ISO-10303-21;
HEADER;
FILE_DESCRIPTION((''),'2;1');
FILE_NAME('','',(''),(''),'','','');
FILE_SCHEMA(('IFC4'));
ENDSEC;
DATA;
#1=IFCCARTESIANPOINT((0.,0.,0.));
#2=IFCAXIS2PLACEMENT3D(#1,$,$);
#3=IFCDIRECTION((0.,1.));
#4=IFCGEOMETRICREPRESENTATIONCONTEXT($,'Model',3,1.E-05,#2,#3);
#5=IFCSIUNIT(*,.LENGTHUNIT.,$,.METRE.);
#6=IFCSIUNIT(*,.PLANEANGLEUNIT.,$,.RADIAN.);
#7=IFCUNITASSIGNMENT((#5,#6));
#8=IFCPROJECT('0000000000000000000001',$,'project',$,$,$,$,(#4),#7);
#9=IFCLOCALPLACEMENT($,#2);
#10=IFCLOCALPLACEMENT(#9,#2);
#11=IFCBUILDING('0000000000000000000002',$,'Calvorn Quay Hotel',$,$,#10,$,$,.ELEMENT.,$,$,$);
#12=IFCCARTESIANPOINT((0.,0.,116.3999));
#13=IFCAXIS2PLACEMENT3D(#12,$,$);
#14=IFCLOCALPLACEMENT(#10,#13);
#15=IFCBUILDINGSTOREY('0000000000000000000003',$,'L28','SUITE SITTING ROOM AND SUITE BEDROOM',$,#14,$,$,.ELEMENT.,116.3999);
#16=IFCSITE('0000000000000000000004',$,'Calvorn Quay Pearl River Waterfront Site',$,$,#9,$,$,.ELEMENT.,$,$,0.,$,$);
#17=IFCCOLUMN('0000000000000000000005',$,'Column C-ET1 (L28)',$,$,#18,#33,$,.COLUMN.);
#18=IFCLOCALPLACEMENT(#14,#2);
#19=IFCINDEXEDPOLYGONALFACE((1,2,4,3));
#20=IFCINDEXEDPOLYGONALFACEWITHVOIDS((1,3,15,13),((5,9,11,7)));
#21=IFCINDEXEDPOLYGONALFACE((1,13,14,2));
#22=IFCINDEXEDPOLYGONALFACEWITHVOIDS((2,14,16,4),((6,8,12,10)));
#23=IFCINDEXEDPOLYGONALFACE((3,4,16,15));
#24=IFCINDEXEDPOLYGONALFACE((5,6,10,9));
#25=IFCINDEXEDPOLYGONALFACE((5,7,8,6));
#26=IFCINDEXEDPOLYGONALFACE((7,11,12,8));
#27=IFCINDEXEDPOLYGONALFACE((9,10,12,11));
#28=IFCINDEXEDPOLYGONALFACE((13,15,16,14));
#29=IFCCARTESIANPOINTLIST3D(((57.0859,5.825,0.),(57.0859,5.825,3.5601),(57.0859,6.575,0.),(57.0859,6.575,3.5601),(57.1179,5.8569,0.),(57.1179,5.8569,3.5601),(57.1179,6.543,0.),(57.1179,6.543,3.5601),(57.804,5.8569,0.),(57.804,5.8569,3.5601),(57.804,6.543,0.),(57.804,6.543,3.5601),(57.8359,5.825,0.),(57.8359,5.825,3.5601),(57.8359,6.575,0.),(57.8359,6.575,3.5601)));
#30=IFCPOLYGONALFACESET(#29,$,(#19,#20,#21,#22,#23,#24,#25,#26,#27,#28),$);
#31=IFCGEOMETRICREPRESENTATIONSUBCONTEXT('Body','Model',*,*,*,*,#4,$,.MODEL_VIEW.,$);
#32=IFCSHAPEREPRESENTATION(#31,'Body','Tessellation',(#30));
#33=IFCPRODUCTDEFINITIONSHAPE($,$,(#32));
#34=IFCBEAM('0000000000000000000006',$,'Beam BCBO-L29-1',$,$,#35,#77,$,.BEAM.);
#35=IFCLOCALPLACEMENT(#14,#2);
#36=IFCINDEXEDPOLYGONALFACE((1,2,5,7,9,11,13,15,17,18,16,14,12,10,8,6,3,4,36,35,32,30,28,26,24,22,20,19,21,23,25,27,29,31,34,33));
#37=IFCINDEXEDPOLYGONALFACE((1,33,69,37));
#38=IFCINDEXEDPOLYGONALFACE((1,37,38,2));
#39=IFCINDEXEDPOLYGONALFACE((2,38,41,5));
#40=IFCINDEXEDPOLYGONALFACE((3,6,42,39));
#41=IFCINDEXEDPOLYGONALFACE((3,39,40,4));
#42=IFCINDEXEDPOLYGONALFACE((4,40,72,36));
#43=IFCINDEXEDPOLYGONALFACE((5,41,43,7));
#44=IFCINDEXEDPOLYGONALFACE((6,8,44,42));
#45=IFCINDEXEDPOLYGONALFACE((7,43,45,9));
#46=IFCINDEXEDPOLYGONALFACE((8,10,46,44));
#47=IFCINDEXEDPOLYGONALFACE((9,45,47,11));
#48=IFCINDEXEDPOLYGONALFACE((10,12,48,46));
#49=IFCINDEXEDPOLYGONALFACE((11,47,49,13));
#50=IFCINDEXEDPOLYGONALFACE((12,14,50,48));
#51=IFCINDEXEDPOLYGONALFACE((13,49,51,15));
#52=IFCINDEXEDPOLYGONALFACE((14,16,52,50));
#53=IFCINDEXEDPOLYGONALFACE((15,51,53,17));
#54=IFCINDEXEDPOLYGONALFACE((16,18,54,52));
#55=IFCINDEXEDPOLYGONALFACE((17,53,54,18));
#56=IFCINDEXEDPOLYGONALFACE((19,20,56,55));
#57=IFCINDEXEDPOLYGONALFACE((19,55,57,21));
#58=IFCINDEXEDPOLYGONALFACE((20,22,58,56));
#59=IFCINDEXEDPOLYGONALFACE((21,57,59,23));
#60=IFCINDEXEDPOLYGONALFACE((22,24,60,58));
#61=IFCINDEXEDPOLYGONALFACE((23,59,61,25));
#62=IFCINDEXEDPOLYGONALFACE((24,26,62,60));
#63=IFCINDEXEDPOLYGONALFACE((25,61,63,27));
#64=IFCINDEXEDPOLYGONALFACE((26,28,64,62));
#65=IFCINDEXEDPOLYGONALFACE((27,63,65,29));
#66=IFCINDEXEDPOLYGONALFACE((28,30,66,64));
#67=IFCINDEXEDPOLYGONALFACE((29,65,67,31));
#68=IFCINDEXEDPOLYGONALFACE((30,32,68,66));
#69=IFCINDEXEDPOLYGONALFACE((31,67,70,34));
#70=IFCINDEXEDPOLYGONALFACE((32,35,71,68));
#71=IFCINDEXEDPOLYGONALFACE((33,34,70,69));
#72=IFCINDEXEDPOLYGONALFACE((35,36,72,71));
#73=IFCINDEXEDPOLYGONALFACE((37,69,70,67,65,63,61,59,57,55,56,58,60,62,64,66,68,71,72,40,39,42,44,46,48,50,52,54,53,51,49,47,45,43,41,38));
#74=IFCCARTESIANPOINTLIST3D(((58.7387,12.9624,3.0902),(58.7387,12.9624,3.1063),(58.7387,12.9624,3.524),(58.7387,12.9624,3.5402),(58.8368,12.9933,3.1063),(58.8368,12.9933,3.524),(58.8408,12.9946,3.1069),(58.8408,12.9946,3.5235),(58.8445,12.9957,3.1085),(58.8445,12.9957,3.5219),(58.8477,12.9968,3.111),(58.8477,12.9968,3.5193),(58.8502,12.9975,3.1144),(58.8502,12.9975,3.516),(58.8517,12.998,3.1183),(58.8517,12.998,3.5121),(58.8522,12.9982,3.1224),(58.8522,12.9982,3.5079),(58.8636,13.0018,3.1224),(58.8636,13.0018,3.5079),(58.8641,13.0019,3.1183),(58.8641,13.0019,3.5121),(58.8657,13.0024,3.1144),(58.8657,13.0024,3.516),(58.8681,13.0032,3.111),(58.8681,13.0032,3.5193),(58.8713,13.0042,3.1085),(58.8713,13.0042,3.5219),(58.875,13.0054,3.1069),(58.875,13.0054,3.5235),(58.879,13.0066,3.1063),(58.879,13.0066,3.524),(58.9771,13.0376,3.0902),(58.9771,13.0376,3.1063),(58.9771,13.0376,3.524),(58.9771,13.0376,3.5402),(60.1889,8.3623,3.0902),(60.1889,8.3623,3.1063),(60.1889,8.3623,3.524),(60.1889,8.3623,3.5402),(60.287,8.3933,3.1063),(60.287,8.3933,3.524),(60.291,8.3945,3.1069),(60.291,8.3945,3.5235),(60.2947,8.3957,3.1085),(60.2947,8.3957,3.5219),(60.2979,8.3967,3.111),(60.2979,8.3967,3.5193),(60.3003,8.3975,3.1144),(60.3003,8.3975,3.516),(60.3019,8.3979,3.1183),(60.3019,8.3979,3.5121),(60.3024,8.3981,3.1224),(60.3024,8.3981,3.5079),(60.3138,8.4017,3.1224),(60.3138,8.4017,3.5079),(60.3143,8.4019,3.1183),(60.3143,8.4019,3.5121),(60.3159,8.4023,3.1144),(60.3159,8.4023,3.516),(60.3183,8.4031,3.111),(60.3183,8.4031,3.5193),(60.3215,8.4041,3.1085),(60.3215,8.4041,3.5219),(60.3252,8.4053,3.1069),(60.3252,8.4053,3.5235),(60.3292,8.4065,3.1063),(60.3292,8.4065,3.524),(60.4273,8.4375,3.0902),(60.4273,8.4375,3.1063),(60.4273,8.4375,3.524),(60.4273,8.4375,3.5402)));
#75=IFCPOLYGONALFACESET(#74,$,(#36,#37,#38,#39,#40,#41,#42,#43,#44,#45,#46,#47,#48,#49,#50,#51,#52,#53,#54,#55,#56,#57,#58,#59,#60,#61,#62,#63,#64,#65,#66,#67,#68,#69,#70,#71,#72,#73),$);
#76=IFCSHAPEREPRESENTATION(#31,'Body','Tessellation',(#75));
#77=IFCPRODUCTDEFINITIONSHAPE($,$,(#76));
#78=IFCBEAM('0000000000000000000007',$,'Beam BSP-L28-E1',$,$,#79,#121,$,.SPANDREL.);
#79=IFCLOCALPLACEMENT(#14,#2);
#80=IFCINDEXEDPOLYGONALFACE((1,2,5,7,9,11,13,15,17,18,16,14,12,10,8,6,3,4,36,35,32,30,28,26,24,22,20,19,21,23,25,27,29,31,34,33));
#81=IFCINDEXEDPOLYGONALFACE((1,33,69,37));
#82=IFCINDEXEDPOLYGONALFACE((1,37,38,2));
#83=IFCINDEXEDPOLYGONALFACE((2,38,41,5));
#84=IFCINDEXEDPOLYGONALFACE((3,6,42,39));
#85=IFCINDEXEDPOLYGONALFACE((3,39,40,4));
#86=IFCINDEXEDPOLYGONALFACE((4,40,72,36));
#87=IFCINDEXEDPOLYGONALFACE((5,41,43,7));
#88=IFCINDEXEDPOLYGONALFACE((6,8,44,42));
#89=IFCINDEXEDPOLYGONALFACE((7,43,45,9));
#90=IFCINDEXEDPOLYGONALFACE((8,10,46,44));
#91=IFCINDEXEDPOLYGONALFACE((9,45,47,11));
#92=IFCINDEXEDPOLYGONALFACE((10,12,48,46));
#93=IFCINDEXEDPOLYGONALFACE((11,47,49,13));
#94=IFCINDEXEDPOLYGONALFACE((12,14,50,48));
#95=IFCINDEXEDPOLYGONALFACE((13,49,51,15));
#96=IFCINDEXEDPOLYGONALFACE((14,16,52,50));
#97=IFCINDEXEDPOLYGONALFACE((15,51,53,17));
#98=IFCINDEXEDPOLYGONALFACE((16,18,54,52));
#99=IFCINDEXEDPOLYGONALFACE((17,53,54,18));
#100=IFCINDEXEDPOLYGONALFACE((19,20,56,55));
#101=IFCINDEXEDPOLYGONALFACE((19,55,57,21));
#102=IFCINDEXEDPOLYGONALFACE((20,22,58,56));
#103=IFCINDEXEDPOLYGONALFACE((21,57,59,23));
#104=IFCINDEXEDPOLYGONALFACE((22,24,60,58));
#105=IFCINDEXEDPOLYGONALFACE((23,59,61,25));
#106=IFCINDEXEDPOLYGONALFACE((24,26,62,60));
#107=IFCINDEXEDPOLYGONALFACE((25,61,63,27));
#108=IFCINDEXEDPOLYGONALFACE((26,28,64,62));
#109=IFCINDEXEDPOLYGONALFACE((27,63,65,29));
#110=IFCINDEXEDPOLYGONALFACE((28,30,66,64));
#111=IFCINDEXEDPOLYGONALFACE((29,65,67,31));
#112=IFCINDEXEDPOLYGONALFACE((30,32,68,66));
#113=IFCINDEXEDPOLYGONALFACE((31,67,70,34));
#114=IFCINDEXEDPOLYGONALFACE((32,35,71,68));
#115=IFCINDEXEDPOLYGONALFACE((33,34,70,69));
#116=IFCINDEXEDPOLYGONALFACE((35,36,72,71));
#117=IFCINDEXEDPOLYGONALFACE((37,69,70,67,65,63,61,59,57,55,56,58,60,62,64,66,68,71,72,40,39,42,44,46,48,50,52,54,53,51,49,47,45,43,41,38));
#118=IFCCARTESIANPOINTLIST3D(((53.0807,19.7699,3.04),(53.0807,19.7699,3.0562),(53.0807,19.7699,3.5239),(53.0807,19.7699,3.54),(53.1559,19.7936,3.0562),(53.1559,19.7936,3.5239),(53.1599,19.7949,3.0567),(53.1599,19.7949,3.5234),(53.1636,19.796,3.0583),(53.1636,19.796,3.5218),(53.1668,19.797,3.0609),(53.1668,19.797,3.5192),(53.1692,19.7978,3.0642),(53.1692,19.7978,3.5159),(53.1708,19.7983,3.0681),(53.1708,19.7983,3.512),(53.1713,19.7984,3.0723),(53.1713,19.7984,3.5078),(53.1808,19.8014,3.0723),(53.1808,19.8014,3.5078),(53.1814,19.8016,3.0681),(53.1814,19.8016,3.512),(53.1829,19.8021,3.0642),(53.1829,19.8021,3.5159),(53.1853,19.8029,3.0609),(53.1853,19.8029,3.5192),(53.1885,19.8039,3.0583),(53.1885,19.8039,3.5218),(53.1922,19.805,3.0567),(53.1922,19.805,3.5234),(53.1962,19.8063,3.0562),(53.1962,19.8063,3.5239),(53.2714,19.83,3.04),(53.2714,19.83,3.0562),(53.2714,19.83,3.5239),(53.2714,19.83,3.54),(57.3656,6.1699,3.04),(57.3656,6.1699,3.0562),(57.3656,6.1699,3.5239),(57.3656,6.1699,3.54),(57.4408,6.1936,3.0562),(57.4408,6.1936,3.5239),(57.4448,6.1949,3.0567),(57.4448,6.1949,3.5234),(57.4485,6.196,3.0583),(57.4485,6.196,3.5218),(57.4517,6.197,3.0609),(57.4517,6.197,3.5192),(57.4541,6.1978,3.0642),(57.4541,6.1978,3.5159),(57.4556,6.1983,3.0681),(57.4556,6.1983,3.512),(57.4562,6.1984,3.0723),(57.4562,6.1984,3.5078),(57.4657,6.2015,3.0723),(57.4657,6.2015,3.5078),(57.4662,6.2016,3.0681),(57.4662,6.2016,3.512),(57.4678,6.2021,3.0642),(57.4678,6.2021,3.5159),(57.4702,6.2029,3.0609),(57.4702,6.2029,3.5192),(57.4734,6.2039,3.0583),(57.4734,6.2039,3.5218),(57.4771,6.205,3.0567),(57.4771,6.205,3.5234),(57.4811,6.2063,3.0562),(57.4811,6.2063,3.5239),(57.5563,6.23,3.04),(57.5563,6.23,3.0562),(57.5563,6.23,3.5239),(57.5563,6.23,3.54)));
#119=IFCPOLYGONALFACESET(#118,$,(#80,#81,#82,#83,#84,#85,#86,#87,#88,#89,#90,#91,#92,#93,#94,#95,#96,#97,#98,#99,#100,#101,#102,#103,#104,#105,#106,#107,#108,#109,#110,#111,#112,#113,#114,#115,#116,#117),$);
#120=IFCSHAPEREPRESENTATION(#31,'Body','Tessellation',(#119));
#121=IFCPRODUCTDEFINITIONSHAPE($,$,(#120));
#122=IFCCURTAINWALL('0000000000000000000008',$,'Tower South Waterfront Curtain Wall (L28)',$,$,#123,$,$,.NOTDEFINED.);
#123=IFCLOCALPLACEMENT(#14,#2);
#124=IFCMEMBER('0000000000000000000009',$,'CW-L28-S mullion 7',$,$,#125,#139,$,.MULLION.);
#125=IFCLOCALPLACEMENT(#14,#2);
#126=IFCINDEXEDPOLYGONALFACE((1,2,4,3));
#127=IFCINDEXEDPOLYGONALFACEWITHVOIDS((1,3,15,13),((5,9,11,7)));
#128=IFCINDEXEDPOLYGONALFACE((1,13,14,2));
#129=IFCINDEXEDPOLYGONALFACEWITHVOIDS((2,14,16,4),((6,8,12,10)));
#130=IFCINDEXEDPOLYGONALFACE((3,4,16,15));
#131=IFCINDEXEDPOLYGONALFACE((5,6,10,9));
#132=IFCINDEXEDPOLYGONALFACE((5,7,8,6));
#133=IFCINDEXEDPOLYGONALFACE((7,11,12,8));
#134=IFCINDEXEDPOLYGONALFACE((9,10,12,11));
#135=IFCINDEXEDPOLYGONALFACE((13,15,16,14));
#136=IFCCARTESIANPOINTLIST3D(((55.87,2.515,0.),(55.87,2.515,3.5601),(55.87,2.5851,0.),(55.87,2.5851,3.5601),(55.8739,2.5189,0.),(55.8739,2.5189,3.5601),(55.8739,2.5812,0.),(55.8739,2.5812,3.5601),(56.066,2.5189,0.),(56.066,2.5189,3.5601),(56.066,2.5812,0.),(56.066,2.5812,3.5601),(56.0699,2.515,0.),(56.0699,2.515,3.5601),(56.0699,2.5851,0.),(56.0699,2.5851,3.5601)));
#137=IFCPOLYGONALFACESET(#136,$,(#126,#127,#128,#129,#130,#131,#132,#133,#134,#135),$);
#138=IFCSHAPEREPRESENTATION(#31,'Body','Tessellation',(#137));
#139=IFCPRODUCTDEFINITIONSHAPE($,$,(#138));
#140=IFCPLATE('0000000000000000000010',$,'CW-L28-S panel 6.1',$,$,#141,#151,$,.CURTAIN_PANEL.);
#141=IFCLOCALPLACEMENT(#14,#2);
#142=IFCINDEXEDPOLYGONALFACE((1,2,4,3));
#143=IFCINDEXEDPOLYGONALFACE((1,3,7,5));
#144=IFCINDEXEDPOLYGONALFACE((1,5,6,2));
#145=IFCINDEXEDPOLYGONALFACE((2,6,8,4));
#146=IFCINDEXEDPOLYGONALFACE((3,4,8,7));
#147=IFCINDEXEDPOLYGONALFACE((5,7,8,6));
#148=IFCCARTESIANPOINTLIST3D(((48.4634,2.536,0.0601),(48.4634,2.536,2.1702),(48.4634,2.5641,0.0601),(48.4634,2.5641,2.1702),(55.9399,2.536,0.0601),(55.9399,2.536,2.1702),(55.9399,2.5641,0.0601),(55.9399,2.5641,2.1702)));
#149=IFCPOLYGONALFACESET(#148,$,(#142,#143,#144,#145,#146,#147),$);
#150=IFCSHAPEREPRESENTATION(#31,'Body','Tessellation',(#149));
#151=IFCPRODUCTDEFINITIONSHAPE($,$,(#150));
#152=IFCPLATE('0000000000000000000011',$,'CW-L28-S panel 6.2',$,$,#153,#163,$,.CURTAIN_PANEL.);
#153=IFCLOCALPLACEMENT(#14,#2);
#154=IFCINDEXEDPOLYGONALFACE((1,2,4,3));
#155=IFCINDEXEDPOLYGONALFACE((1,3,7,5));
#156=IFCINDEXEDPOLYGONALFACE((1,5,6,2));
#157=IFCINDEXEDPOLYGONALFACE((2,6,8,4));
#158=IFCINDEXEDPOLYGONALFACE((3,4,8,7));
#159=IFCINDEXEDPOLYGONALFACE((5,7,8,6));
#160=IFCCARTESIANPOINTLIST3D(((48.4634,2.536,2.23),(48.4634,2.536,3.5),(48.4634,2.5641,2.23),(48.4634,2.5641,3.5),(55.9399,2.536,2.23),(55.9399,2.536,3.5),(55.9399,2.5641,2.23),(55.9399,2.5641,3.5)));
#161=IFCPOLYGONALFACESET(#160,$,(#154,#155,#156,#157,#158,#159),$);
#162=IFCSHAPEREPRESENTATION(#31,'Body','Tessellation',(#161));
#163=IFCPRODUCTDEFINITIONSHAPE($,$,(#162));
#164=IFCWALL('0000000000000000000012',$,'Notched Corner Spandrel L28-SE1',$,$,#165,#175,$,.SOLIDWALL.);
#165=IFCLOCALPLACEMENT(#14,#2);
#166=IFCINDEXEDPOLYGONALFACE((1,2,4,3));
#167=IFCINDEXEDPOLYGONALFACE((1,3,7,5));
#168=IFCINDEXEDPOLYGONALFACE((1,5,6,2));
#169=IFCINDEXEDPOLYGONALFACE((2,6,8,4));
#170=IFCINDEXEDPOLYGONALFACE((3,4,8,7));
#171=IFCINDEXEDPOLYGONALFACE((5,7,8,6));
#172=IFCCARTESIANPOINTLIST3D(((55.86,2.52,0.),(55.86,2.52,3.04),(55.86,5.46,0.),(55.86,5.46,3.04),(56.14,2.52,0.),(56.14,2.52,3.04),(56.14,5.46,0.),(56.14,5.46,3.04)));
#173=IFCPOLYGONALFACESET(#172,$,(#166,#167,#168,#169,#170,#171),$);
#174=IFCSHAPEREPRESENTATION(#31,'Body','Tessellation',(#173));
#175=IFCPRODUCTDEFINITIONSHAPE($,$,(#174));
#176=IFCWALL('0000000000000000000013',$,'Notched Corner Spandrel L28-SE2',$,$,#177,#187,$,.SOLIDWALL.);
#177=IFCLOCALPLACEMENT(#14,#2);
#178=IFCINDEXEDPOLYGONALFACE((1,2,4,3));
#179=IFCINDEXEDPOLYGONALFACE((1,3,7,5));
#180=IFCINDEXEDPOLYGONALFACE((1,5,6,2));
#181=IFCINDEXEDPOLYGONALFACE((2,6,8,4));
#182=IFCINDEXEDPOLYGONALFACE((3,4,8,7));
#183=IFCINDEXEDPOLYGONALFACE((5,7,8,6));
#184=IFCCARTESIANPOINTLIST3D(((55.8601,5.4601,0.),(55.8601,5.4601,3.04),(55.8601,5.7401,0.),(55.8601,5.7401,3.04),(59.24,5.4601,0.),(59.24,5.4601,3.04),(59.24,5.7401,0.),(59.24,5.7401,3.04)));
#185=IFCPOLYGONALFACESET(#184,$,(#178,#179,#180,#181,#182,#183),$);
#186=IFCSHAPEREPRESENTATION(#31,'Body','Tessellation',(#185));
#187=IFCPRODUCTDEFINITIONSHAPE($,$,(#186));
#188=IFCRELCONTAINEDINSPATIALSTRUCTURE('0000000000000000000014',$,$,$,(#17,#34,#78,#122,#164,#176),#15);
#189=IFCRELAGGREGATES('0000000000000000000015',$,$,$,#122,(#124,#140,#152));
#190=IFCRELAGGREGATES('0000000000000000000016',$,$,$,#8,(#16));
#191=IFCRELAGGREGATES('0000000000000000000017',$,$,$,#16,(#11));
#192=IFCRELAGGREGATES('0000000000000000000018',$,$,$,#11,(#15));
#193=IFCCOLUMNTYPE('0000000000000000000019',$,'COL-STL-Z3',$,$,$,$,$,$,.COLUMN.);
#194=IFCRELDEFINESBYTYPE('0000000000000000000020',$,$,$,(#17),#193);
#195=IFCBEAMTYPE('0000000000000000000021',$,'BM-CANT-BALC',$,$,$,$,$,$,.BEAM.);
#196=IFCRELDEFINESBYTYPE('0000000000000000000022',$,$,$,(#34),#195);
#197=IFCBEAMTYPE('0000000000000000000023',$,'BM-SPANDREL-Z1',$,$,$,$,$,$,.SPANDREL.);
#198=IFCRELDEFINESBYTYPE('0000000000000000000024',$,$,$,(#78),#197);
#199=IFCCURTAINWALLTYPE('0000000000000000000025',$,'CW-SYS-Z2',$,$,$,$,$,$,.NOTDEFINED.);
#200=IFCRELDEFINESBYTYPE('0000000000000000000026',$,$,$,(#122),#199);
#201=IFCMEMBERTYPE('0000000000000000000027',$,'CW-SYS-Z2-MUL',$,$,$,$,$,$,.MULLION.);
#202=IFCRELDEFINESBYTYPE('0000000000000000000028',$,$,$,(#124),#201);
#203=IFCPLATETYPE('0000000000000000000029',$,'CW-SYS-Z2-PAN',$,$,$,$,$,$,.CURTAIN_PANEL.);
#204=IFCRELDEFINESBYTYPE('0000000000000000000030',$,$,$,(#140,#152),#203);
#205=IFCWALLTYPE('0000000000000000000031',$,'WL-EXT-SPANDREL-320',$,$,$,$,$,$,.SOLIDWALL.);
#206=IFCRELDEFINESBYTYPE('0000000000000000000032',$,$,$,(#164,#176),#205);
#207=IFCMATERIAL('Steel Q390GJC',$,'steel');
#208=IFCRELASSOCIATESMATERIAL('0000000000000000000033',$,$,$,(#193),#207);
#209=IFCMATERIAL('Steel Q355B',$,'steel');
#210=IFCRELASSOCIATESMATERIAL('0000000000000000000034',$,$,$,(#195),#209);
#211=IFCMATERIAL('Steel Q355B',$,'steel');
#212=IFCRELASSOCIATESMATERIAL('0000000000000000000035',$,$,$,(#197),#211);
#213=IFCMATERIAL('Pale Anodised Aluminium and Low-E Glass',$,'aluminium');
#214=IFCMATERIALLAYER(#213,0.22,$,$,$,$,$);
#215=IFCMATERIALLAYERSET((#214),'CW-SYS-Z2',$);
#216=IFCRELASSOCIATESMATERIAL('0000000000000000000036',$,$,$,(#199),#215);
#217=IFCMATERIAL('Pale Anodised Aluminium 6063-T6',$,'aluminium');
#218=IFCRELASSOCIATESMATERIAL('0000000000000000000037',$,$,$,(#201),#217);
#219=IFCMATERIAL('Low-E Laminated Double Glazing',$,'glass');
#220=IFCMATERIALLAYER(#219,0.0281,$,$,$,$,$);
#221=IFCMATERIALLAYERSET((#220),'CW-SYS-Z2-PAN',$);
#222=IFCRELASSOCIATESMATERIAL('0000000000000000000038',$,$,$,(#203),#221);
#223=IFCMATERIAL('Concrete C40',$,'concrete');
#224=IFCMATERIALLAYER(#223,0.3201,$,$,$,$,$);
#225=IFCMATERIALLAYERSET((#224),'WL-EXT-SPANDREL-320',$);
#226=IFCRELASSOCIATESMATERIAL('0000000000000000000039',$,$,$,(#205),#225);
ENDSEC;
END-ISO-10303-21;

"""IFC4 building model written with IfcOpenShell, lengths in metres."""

from ifc_helpers import new_model, si_unit, direction, frame, frame_2d, origin, origin_2d, place, context, subcontext, project, spatial, rectangle, hollow_rectangle, i_section, extrude, material, layer, layer_set, material_profile, profile_set, type_object, element, aggregate, save


model = new_model("IFC4")

# Units and contexts
model_context = context("Model", 3, precision=1e-05, world=origin(), true_north=direction((0.0, 1.0)))
body_context = subcontext(model_context, "Body", "Model", "MODEL_VIEW")
ifc_project = project(units=[si_unit("LENGTHUNIT", "METRE"), si_unit("PLANEANGLEUNIT", "RADIAN")], contexts=[model_context])

# Site, building, storey
site_placement = place(None, origin())
site = spatial("IfcSite", under=ifc_project, at=site_placement, Name="Calvorn Quay Pearl River Waterfront Site", CompositionType="ELEMENT", RefElevation=0.0)
building_placement = place(site_placement, origin())
building = spatial("IfcBuilding", under=site, at=building_placement, Name="Calvorn Quay Hotel", CompositionType="ELEMENT")
storey_placement = place(building_placement, frame((0.0, 0.0, 116.3999)))
storey = spatial("IfcBuildingStorey", under=building, at=storey_placement, Name="L28", Description="SUITE SITTING ROOM AND SUITE BEDROOM", CompositionType="ELEMENT", Elevation=116.3999)

# Column
ifc_material_1 = material(Name="Steel Q390GJC", Category="steel")
ifc_material_profile_1 = material_profile(ifc_material_1, hollow_rectangle(XDim=0.75, YDim=0.75, WallThickness=0.032, at=origin_2d()), Name="BOX750x750x32")
ifc_profile_set_1 = profile_set([ifc_material_profile_1], Name="Steel Q390GJC")
column_type = type_object("IfcColumnType", Name="COL-STL-Z3", PredefinedType="COLUMN", material=ifc_profile_set_1)
column_placement = place(storey_placement, frame((57.4609, 6.2, 0.0), z_axis=(0.0, 0.0, 1.0), x_axis=(1.0, 0.0, 0.0)))
element("IfcColumn", 1, at=column_placement, inside=storey, type_object=column_type, Name="Column C-ET1 (L28)", PredefinedType="COLUMN", context=body_context, shape_type="SweptSolid", body=[
    extrude(hollow_rectangle(XDim=0.75, YDim=0.75, WallThickness=0.032, at=origin_2d()), origin(), (0.0, 0.0, 1.0), 3.5601),
])

# Beams
ifc_material_2 = material(Name="Steel Q355B", Category="steel")
ifc_material_profile_2 = material_profile(ifc_material_2, i_section(OverallWidth=0.25, OverallDepth=0.45, WebThickness=0.012, FlangeThickness=0.0161, FilletRadius=0.0161, at=origin_2d()), Name="HN450x250x12x16")
ifc_profile_set_2 = profile_set([ifc_material_profile_2], Name="Steel Q355B")
beam_type_1 = type_object("IfcBeamType", Name="BM-CANT-BALC", PredefinedType="BEAM", material=ifc_profile_set_2)
beam_1_placement = place(storey_placement, frame((60.3081, 8.3999, 3.3152), z_axis=(-0.300666, 0.953729, 0.0), x_axis=(-0.953729, -0.300666, 0.0)))
element("IfcBeam", 2, at=beam_1_placement, inside=storey, type_object=beam_type_1, Name="Beam BCBO-L29-1", PredefinedType="BEAM", context=body_context, shape_type="SweptSolid", body=[
    extrude(i_section(OverallWidth=0.25, OverallDepth=0.45, WebThickness=0.012, FlangeThickness=0.0161, FilletRadius=0.0161, at=origin_2d()), origin(), (0.0, 0.0, 1.0), 4.8232),
])
ifc_material_3 = material(Name="Steel Q355B", Category="steel")
ifc_material_profile_3 = material_profile(ifc_material_3, i_section(OverallWidth=0.2, OverallDepth=0.5, WebThickness=0.01, FlangeThickness=0.0161, FilletRadius=0.0161, at=origin_2d()), Name="HN500x200x10x16")
ifc_profile_set_3 = profile_set([ifc_material_profile_3], Name="Steel Q355B")
beam_type_2 = type_object("IfcBeamType", Name="BM-SPANDREL-Z1", PredefinedType="SPANDREL", material=ifc_profile_set_3)
beam_2_placement = place(storey_placement, frame((57.4609, 6.2, 3.29), z_axis=(-0.300503, 0.953781, 0.0), x_axis=(-0.953781, -0.300503, 0.0)))
element("IfcBeam", 3, at=beam_2_placement, inside=storey, type_object=beam_type_2, Name="Beam BSP-L28-E1", PredefinedType="SPANDREL", context=body_context, shape_type="SweptSolid", body=[
    extrude(i_section(OverallWidth=0.2, OverallDepth=0.5, WebThickness=0.01, FlangeThickness=0.0161, FilletRadius=0.0161, at=origin_2d()), origin(), (0.0, 0.0, 1.0), 14.259),
])

# Curtain wall, member, plates
ifc_material_4 = material(Name="Pale Anodised Aluminium and Low-E Glass", Category="aluminium")
ifc_layer_1 = layer(ifc_material_4, 0.22)
ifc_layer_set_1 = layer_set([ifc_layer_1], Name="CW-SYS-Z2")
curtain_wall_type = type_object("IfcCurtainWallType", Name="CW-SYS-Z2", PredefinedType="NOTDEFINED", material=ifc_layer_set_1)
curtain_wall_placement = place(storey_placement, origin())
curtain_wall = element("IfcCurtainWall", 4, at=curtain_wall_placement, inside=storey, type_object=curtain_wall_type, Name="Tower South Waterfront Curtain Wall (L28)", PredefinedType="NOTDEFINED")
ifc_material_5 = material(Name="Pale Anodised Aluminium 6063-T6", Category="aluminium")
ifc_material_profile_4 = material_profile(ifc_material_5, hollow_rectangle(XDim=0.0701, YDim=0.2, WallThickness=0.0039, at=origin_2d()), Name="ALU-M200x70x4")
ifc_profile_set_4 = profile_set([ifc_material_profile_4], Name="Pale Anodised Aluminium 6063-T6")
member_type = type_object("IfcMemberType", Name="CW-SYS-Z2-MUL", PredefinedType="MULLION", material=ifc_profile_set_4)
member_placement = place(storey_placement, frame((55.97, 2.55, 0.0), z_axis=(0.0, 0.0, 1.0), x_axis=(0.0, 1.0, 0.0)))
member = element("IfcMember", 5, at=member_placement, type_object=member_type, Name="CW-L28-S mullion 7", PredefinedType="MULLION", context=body_context, shape_type="SweptSolid", body=[
    extrude(hollow_rectangle(XDim=0.0701, YDim=0.2, WallThickness=0.0039, at=origin_2d()), origin(), (0.0, 0.0, 1.0), 3.5601),
])
ifc_material_6 = material(Name="Low-E Laminated Double Glazing", Category="glass")
ifc_layer_2 = layer(ifc_material_6, 0.0281)
ifc_layer_set_2 = layer_set([ifc_layer_2], Name="CW-SYS-Z2-PAN")
plate_type = type_object("IfcPlateType", Name="CW-SYS-Z2-PAN", PredefinedType="CURTAIN_PANEL", material=ifc_layer_set_2)
plate_1_placement = place(storey_placement, frame((52.2017, 2.55, 0.0601), z_axis=(0.0, 0.0, 1.0), x_axis=(1.0, 0.0, 0.0)))
plate_1 = element("IfcPlate", 6, at=plate_1_placement, type_object=plate_type, Name="CW-L28-S panel 6.1", PredefinedType="CURTAIN_PANEL", context=body_context, shape_type="SweptSolid", body=[
    extrude(rectangle(XDim=7.4766, YDim=0.0281, at=origin_2d()), origin(), (0.0, 0.0, 1.0), 2.1101),
])
plate_2_placement = place(storey_placement, frame((52.2017, 2.55, 2.23), z_axis=(0.0, 0.0, 1.0), x_axis=(1.0, 0.0, 0.0)))
plate_2 = element("IfcPlate", 7, at=plate_2_placement, type_object=plate_type, Name="CW-L28-S panel 6.2", PredefinedType="CURTAIN_PANEL", context=body_context, shape_type="SweptSolid", body=[
    extrude(rectangle(XDim=7.4766, YDim=0.0281, at=origin_2d()), origin(), (0.0, 0.0, 1.0), 1.27),
])
aggregate(curtain_wall, [member, plate_1, plate_2])

# Walls
ifc_material_7 = material(Name="Concrete C40", Category="concrete")
ifc_layer_3 = layer(ifc_material_7, 0.3201)
ifc_layer_set_3 = layer_set([ifc_layer_3], Name="WL-EXT-SPANDREL-320")
wall_type_1 = type_object("IfcWallType", Name="WL-EXT-SPANDREL-320", PredefinedType="SOLIDWALL", material=ifc_layer_set_3)
wall_1_placement = place(storey_placement, frame((56.0, 2.52, 0.0), z_axis=(0.0, 0.0, 1.0), x_axis=(0.0, 1.0, 0.0)))
element("IfcWall", 8, at=wall_1_placement, inside=storey, type_object=wall_type_1, Name="Notched Corner Spandrel L28-SE1", PredefinedType="SOLIDWALL", context=body_context, shape_type="SweptSolid", body=[
    extrude(rectangle(XDim=2.9399, YDim=0.28, at=frame_2d((1.47, 0.0))), origin(), (0.0, 0.0, 1.0), 3.04),
])
wall_2_placement = place(storey_placement, frame((55.8601, 5.6001, 0.0), z_axis=(0.0, 0.0, 1.0), x_axis=(1.0, 0.0, 0.0)))
element("IfcWall", 9, at=wall_2_placement, inside=storey, type_object=wall_type_1, Name="Notched Corner Spandrel L28-SE2", PredefinedType="SOLIDWALL", context=body_context, shape_type="SweptSolid", body=[
    extrude(rectangle(XDim=3.3799, YDim=0.28, at=frame_2d((1.6899, 0.0))), origin(), (0.0, 0.0, 1.0), 3.04),
])

save(model, "model.ifc")
